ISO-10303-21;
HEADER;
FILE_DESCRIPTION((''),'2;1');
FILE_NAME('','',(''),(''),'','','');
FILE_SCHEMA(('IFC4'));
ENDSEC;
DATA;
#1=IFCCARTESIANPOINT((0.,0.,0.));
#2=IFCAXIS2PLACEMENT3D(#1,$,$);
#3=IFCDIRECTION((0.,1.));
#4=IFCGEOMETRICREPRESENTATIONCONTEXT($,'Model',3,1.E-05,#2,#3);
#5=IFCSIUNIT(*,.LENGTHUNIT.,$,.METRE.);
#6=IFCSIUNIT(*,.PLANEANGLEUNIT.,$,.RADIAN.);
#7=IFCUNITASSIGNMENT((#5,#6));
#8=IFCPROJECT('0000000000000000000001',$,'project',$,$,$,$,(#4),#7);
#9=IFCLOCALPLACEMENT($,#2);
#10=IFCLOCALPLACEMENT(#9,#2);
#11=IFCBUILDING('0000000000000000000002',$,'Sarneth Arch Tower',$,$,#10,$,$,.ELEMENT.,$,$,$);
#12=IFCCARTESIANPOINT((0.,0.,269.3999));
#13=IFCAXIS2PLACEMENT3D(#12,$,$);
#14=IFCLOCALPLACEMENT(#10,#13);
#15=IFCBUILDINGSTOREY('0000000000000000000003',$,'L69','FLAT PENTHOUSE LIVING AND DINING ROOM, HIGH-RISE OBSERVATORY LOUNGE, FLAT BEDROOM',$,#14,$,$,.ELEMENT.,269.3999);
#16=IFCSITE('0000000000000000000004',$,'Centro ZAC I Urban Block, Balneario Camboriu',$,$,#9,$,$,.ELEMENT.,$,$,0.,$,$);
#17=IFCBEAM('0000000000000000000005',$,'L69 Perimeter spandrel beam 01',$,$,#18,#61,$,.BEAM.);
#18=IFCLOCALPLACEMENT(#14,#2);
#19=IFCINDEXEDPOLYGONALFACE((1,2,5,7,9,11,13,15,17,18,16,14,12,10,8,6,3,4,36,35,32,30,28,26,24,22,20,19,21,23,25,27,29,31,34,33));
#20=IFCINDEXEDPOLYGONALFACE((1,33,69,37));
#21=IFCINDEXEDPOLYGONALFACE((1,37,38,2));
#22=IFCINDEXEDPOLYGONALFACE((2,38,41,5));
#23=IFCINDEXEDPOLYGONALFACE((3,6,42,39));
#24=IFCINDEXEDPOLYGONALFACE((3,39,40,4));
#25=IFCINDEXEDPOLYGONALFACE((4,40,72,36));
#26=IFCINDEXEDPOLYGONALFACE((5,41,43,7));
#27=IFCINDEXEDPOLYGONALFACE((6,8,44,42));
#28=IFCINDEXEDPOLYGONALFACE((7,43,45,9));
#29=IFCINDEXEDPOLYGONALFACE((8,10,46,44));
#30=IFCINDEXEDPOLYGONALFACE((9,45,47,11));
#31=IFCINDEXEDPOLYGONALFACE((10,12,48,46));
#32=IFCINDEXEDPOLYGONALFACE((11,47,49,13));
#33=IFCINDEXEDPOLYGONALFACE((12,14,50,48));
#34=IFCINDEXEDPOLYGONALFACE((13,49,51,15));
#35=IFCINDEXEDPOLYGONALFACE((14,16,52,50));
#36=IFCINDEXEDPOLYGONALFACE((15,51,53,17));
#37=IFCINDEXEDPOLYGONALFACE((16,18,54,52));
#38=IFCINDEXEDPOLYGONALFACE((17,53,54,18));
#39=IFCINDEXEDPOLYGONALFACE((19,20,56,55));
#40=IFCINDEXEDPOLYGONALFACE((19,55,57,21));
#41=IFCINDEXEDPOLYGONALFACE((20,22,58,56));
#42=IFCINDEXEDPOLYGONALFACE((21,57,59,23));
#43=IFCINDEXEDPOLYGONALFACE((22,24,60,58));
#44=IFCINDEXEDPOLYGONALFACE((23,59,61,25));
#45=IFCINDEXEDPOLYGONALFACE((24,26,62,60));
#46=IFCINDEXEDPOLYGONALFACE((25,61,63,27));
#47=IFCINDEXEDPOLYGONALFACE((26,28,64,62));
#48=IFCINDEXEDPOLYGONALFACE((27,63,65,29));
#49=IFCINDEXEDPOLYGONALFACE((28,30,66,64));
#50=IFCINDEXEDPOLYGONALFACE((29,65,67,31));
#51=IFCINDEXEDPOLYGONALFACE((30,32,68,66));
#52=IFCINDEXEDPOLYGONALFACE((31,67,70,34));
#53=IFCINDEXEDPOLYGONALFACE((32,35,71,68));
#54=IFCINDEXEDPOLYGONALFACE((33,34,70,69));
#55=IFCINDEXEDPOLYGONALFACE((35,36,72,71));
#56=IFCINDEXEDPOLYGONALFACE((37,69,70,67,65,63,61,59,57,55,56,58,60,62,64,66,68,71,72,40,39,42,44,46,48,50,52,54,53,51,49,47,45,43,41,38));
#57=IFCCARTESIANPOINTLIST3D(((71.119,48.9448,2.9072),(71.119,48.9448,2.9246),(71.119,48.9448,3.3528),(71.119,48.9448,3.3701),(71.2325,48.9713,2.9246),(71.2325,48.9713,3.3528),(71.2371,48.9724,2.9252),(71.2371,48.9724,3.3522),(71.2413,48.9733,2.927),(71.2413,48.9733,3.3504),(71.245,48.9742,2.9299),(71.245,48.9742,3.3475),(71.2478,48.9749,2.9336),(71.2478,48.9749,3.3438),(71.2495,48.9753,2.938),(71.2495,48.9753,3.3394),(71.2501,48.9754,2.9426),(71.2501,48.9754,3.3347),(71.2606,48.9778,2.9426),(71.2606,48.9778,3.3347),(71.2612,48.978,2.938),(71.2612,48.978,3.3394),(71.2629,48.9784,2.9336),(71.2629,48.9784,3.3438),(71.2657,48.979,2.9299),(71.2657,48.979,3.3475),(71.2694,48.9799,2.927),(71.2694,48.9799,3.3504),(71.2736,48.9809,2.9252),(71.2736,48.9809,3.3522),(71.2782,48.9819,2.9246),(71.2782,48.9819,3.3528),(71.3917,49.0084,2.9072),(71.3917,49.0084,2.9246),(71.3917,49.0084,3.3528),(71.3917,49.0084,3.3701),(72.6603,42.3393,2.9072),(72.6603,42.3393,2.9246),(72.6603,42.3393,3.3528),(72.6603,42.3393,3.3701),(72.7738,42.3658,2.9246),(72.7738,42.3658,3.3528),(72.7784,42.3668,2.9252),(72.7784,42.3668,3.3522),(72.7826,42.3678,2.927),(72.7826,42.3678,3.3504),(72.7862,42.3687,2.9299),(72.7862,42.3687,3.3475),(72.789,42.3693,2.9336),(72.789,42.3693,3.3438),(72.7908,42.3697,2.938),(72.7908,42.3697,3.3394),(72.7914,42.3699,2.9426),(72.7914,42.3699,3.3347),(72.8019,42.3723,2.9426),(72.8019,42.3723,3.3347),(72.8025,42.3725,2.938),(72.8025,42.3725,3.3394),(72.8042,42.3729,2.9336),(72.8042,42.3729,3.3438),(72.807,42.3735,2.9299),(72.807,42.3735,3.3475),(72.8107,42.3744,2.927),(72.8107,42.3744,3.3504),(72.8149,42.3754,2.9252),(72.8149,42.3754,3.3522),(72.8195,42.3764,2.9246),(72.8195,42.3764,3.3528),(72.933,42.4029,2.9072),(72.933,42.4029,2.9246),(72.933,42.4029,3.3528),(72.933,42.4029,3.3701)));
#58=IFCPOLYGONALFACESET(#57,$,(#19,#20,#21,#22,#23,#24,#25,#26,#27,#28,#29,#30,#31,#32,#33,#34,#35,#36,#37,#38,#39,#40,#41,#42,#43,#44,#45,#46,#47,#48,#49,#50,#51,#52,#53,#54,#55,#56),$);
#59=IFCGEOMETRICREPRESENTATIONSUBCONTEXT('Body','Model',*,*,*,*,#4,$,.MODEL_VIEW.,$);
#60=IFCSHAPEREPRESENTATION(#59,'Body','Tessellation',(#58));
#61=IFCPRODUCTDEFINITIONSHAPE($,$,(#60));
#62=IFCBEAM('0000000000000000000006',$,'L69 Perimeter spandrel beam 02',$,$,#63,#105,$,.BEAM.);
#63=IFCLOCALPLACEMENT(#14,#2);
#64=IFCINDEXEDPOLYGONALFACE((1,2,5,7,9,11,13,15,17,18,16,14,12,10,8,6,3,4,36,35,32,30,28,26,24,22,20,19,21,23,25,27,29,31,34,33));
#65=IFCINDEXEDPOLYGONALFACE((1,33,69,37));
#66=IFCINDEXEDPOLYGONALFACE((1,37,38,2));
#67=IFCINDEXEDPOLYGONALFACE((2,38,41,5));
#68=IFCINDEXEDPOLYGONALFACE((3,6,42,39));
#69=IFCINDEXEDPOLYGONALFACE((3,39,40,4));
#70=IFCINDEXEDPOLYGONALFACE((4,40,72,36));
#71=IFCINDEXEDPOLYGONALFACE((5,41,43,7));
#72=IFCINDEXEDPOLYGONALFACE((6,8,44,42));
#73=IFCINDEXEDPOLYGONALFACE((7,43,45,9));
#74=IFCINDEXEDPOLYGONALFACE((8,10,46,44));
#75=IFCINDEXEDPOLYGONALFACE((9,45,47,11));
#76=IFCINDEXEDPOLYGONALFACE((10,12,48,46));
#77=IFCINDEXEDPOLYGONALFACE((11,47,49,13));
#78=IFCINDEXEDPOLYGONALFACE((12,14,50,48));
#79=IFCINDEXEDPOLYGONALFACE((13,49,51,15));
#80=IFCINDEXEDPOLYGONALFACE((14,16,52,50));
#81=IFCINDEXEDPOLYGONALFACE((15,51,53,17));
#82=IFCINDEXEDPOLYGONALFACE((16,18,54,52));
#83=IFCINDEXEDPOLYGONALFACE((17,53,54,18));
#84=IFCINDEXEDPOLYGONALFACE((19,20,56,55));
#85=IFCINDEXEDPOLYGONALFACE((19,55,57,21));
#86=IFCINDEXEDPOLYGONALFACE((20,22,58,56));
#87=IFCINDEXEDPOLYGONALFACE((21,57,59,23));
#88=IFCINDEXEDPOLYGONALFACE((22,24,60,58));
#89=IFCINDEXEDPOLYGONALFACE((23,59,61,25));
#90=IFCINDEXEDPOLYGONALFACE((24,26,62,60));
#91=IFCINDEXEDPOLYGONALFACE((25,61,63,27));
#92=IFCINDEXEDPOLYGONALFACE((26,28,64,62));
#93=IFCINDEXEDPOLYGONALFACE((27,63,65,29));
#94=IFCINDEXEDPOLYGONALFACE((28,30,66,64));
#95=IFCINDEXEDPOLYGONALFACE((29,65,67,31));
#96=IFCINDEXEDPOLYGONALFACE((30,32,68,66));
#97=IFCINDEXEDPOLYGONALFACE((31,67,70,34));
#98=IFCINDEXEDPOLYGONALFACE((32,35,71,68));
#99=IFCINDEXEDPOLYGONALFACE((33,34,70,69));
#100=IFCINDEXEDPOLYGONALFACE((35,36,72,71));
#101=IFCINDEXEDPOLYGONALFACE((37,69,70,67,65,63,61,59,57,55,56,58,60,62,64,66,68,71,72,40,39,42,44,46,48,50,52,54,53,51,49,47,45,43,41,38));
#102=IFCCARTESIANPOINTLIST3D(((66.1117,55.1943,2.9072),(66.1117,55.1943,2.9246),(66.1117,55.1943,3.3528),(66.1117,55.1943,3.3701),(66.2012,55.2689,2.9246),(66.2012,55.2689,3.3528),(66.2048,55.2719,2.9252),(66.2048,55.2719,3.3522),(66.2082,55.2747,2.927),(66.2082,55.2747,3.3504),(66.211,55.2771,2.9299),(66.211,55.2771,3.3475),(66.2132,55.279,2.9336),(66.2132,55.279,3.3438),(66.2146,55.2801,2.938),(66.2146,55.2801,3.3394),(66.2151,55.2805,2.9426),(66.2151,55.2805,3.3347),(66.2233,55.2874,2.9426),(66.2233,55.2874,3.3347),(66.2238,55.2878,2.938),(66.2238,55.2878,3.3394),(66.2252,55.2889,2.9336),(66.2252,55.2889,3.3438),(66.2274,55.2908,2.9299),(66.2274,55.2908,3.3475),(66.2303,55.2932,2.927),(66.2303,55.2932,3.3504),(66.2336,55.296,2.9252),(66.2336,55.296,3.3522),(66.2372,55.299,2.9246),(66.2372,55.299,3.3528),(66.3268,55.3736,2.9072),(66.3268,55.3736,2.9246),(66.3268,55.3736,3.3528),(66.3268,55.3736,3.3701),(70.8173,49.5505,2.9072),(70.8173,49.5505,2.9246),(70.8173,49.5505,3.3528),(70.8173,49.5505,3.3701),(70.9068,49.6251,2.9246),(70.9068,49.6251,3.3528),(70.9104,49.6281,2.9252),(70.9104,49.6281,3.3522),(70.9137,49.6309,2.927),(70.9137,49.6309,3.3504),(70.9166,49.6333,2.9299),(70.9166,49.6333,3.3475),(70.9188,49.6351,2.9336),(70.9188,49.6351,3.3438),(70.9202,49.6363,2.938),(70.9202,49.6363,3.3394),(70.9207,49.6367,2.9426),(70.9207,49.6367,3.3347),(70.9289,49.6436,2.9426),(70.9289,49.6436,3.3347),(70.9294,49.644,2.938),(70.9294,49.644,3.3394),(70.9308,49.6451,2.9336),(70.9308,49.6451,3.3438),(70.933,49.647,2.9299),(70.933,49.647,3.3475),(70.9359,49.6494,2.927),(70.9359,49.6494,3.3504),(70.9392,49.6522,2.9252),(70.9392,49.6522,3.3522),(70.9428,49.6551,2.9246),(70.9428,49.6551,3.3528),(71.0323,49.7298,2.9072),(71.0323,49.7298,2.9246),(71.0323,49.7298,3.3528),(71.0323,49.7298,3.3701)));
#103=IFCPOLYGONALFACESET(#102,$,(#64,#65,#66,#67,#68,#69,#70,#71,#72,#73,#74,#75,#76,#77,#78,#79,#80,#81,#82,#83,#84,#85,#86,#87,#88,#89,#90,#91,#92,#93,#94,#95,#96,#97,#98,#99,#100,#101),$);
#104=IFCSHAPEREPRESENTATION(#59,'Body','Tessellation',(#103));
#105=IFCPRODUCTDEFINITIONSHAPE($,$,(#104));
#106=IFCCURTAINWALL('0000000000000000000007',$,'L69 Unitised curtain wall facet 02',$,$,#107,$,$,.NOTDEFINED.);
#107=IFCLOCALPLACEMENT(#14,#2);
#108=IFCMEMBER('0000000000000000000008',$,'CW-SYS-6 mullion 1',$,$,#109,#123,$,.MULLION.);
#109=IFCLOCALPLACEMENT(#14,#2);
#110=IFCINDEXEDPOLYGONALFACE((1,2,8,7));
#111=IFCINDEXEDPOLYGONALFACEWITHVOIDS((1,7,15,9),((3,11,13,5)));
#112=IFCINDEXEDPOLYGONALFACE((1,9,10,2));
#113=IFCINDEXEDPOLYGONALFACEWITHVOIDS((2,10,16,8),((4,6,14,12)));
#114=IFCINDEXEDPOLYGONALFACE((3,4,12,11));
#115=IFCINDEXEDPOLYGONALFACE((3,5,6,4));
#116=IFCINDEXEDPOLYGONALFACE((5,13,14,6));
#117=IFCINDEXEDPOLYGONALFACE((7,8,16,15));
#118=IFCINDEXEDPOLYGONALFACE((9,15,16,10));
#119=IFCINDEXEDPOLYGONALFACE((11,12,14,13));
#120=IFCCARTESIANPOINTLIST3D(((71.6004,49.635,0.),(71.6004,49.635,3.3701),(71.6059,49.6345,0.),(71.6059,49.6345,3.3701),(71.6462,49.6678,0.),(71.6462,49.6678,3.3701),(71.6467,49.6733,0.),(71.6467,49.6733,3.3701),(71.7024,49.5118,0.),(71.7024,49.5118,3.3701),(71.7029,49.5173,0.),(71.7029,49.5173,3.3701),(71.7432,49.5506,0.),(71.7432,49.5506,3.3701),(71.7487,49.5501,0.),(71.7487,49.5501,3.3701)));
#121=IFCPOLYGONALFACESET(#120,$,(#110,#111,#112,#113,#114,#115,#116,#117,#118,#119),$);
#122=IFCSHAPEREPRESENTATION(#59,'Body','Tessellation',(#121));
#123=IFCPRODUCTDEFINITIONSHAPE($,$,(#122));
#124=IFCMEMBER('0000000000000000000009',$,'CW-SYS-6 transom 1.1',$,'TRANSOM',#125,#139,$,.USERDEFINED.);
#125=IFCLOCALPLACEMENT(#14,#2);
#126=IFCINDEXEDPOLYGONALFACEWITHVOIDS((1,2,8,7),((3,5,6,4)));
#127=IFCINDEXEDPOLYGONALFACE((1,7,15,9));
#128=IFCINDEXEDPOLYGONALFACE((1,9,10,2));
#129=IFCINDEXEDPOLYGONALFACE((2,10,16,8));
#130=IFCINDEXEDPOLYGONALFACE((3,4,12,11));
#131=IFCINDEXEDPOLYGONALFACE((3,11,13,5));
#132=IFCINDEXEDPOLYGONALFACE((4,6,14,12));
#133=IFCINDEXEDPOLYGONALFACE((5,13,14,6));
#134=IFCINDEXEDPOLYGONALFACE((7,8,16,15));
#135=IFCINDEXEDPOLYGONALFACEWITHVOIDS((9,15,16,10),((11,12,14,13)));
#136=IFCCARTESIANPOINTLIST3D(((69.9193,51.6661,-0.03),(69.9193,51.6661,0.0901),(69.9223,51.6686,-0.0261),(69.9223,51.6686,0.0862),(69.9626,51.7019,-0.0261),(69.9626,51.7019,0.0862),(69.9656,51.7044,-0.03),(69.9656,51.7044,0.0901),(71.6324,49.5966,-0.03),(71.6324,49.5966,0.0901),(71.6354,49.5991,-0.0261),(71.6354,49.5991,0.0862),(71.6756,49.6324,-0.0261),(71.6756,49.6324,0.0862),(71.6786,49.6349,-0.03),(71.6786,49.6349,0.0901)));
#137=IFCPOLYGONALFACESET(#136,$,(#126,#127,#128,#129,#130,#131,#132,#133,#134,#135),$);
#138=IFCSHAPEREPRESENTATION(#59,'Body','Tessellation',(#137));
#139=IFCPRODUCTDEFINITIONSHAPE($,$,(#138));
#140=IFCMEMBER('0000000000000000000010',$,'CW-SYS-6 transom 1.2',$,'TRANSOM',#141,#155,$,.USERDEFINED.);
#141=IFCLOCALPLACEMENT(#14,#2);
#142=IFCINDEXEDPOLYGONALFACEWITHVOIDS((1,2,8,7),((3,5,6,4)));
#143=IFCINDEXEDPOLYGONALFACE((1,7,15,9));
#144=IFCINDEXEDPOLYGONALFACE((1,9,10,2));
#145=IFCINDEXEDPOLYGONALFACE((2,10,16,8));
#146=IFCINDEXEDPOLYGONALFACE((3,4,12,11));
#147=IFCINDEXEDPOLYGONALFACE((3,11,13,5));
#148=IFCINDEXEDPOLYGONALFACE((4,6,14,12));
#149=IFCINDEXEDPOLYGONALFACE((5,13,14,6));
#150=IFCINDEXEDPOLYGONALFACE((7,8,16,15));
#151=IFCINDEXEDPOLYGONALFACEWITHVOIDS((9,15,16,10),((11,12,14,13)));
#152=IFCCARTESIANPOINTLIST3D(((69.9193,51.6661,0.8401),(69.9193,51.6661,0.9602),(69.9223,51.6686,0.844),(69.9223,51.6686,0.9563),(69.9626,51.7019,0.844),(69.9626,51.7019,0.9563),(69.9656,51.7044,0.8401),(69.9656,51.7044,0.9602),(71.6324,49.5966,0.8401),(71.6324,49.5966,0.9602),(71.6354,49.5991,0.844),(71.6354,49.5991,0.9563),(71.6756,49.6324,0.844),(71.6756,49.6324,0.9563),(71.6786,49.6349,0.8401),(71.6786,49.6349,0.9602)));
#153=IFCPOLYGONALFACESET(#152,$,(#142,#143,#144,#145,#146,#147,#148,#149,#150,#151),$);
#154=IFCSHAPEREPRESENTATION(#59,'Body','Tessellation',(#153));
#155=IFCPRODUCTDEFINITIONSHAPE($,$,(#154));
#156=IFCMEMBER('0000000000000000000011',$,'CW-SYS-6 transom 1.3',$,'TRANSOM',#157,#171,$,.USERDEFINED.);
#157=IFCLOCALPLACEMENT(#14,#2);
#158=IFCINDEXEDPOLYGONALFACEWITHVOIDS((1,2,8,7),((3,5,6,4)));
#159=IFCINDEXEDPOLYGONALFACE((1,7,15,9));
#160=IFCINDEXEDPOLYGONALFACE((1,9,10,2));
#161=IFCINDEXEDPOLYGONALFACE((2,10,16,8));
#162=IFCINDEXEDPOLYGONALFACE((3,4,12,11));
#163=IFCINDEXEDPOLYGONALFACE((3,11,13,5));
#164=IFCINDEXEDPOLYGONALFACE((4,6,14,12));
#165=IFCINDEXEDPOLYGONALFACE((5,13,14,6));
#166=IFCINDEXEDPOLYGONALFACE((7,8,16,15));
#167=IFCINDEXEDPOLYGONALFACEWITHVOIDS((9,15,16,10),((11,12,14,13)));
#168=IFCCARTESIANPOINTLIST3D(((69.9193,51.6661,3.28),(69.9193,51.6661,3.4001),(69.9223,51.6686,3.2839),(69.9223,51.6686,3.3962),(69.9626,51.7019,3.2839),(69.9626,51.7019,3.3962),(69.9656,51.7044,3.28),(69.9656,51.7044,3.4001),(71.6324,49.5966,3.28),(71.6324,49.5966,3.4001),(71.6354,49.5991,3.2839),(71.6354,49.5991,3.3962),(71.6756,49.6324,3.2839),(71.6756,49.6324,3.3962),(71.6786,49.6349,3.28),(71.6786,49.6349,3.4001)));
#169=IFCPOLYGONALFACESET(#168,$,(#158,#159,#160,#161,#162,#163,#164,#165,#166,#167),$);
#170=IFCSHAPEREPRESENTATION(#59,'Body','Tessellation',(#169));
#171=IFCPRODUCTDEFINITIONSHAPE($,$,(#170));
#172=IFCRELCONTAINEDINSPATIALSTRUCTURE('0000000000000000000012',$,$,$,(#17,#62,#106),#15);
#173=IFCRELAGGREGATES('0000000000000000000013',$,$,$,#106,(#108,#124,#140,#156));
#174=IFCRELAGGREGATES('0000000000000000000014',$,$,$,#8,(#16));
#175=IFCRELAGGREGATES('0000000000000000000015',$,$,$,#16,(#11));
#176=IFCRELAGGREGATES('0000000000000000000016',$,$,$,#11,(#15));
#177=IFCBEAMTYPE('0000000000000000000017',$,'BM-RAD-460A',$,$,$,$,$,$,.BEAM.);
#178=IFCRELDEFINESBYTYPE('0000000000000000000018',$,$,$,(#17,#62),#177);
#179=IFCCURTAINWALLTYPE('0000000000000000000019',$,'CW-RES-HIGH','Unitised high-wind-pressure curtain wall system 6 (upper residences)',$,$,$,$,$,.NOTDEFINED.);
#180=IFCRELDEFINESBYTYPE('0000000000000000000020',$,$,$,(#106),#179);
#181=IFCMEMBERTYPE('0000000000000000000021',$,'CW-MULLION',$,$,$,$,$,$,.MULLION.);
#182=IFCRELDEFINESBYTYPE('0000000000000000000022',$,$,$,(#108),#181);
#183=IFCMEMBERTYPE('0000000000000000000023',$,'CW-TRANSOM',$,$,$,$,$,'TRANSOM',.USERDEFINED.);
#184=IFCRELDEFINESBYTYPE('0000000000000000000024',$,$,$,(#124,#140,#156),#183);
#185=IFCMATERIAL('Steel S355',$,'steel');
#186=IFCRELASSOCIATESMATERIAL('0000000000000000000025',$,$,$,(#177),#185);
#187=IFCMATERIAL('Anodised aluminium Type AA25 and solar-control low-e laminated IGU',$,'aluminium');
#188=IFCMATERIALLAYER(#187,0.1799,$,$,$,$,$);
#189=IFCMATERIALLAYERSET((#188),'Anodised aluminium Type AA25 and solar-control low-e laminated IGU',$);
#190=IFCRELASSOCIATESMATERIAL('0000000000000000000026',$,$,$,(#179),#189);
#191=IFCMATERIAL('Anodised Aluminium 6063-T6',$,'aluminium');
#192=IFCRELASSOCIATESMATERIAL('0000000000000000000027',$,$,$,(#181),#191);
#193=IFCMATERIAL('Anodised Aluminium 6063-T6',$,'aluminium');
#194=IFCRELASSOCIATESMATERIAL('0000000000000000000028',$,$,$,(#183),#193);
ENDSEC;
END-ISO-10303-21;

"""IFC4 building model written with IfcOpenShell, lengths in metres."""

from ifc_helpers import new_model, si_unit, direction, frame, origin, origin_2d, place, context, subcontext, project, spatial, hollow_rectangle, i_section, extrude, material, layer, layer_set, material_profile, profile_set, type_object, element, aggregate, save


model = new_model("IFC4")

# Units and contexts
model_context = context("Model", 3, precision=1e-05, world=origin(), true_north=direction((0.0, 1.0)))
body_context = subcontext(model_context, "Body", "Model", "MODEL_VIEW")
ifc_project = project(units=[si_unit("LENGTHUNIT", "METRE"), si_unit("PLANEANGLEUNIT", "RADIAN")], contexts=[model_context])

# Site, building, storey
site_placement = place(None, origin())
site = spatial("IfcSite", under=ifc_project, at=site_placement, Name="Centro ZAC I Urban Block, Balneario Camboriu", CompositionType="ELEMENT", RefElevation=0.0)
building_placement = place(site_placement, origin())
building = spatial("IfcBuilding", under=site, at=building_placement, Name="Sarneth Arch Tower", CompositionType="ELEMENT")
storey_placement = place(building_placement, frame((0.0, 0.0, 269.3999)))
storey = spatial("IfcBuildingStorey", under=building, at=storey_placement, Name="L69", Description="FLAT PENTHOUSE LIVING AND DINING ROOM, HIGH-RISE OBSERVATORY LOUNGE, FLAT BEDROOM", CompositionType="ELEMENT", Elevation=269.3999)

# Beams
ifc_material_1 = material(Name="Steel S355", Category="steel")
ifc_material_profile_1 = material_profile(ifc_material_1, i_section(OverallWidth=0.28, OverallDepth=0.4629, WebThickness=0.0107, FlangeThickness=0.0173, FilletRadius=0.0181, at=origin_2d()), Name="W460x113")
ifc_profile_set_1 = profile_set([ifc_material_profile_1], Name="Steel S355")
beam_type_1 = type_object("IfcBeamType", Name="BM-RAD-460A", PredefinedType="BEAM", material=ifc_profile_set_1)
beam_1_placement = place(storey_placement, frame((72.7966, 42.3711, 3.1387), z_axis=(-0.227227, 0.973842, 0.0), x_axis=(-0.973842, -0.227227, 0.0)))
element("IfcBeam", 1, at=beam_1_placement, inside=storey, type_object=beam_type_1, Name="L69 Perimeter spandrel beam 01", PredefinedType="BEAM", context=body_context, shape_type="SweptSolid", body=[
    extrude(i_section(OverallWidth=0.28, OverallDepth=0.4629, WebThickness=0.0107, FlangeThickness=0.0173, FilletRadius=0.0181, at=origin_2d()), origin(), (0.0, 0.0, 1.0), 6.783),
])
beam_2_placement = place(storey_placement, frame((70.9248, 49.6401, 3.1387), z_axis=(-0.640377, 0.768061, 0.0), x_axis=(-0.768061, -0.640377, 0.0)))
element("IfcBeam", 2, at=beam_2_placement, inside=storey, type_object=beam_type_1, Name="L69 Perimeter spandrel beam 02", PredefinedType="BEAM", context=body_context, shape_type="SweptSolid", body=[
    extrude(i_section(OverallWidth=0.28, OverallDepth=0.4629, WebThickness=0.0107, FlangeThickness=0.0173, FilletRadius=0.0181, at=origin_2d()), origin(), (0.0, 0.0, 1.0), 7.3481),
])

# Curtain wall, members
ifc_material_2 = material(Name="Anodised aluminium Type AA25 and solar-control low-e laminated IGU", Category="aluminium")
ifc_layer_1 = layer(ifc_material_2, 0.1799)
ifc_layer_set_1 = layer_set([ifc_layer_1], Name="Anodised aluminium Type AA25 and solar-control low-e laminated IGU")
curtain_wall_type = type_object("IfcCurtainWallType", Name="CW-RES-HIGH", Description="Unitised high-wind-pressure curtain wall system 6 (upper residences)", PredefinedType="NOTDEFINED", material=ifc_layer_set_1)
curtain_wall_placement = place(storey_placement, origin())
curtain_wall = element("IfcCurtainWall", 3, at=curtain_wall_placement, inside=storey, type_object=curtain_wall_type, Name="L69 Unitised curtain wall facet 02", PredefinedType="NOTDEFINED")
ifc_material_3 = material(Name="Anodised Aluminium 6063-T6", Category="aluminium")
ifc_material_profile_2 = material_profile(ifc_material_3, hollow_rectangle(XDim=0.0601, YDim=0.1599, WallThickness=0.0039, at=origin_2d()), Name="AL-MULL-160x60x4")
ifc_profile_set_2 = profile_set([ifc_material_profile_2], Name="Anodised Aluminium 6063-T6")
member_type_1 = type_object("IfcMemberType", Name="CW-MULLION", PredefinedType="MULLION", material=ifc_profile_set_2)
member_1_placement = place(storey_placement, frame((71.6746, 49.5925, 0.0), z_axis=(0.0, 0.0, 1.0), x_axis=(-0.770359, -0.63761, 0.0)))
member_1 = element("IfcMember", 4, at=member_1_placement, type_object=member_type_1, Name="CW-SYS-6 mullion 1", PredefinedType="MULLION", context=body_context, shape_type="SweptSolid", body=[
    extrude(hollow_rectangle(XDim=0.0601, YDim=0.1599, WallThickness=0.0039, at=origin_2d()), origin(), (0.0, 0.0, 1.0), 3.3701),
])
ifc_material_4 = material(Name="Anodised Aluminium 6063-T6", Category="aluminium")
ifc_material_profile_3 = material_profile(ifc_material_4, hollow_rectangle(XDim=0.0601, YDim=0.1201, WallThickness=0.0039, at=origin_2d()), Name="AL-TRAN-120x60x4")
ifc_profile_set_3 = profile_set([ifc_material_profile_3], Name="Anodised Aluminium 6063-T6")
member_type_2 = type_object("IfcMemberType", Name="CW-TRANSOM", ElementType="TRANSOM", PredefinedType="USERDEFINED", material=ifc_profile_set_3)
member_2_placement = place(storey_placement, frame((71.6555, 49.6157, 0.03), z_axis=(-0.637651, 0.770325, 0.0), x_axis=(-0.770325, -0.637651, 0.0)))
member_2 = element("IfcMember", 5, at=member_2_placement, type_object=member_type_2, Name="CW-SYS-6 transom 1.1", ObjectType="TRANSOM", PredefinedType="USERDEFINED", context=body_context, shape_type="SweptSolid", body=[
    extrude(hollow_rectangle(XDim=0.0601, YDim=0.1201, WallThickness=0.0039, at=origin_2d()), origin(), (0.0, 0.0, 1.0), 2.6865),
])
member_3_placement = place(storey_placement, frame((71.6555, 49.6157, 0.9001), z_axis=(-0.637651, 0.770325, 0.0), x_axis=(-0.770325, -0.637651, 0.0)))
member_3 = element("IfcMember", 6, at=member_3_placement, type_object=member_type_2, Name="CW-SYS-6 transom 1.2", ObjectType="TRANSOM", PredefinedType="USERDEFINED", context=body_context, shape_type="SweptSolid", body=[
    extrude(hollow_rectangle(XDim=0.0601, YDim=0.1201, WallThickness=0.0039, at=origin_2d()), origin(), (0.0, 0.0, 1.0), 2.6865),
])
member_4_placement = place(storey_placement, frame((71.6555, 49.6157, 3.3401), z_axis=(-0.637651, 0.770325, 0.0), x_axis=(-0.770325, -0.637651, 0.0)))
member_4 = element("IfcMember", 7, at=member_4_placement, type_object=member_type_2, Name="CW-SYS-6 transom 1.3", ObjectType="TRANSOM", PredefinedType="USERDEFINED", context=body_context, shape_type="SweptSolid", body=[
    extrude(hollow_rectangle(XDim=0.0601, YDim=0.1201, WallThickness=0.0039, at=origin_2d()), origin(), (0.0, 0.0, 1.0), 2.6865),
])

aggregate(curtain_wall, [member_1, member_2, member_3, member_4])

save(model, "model.ifc")
